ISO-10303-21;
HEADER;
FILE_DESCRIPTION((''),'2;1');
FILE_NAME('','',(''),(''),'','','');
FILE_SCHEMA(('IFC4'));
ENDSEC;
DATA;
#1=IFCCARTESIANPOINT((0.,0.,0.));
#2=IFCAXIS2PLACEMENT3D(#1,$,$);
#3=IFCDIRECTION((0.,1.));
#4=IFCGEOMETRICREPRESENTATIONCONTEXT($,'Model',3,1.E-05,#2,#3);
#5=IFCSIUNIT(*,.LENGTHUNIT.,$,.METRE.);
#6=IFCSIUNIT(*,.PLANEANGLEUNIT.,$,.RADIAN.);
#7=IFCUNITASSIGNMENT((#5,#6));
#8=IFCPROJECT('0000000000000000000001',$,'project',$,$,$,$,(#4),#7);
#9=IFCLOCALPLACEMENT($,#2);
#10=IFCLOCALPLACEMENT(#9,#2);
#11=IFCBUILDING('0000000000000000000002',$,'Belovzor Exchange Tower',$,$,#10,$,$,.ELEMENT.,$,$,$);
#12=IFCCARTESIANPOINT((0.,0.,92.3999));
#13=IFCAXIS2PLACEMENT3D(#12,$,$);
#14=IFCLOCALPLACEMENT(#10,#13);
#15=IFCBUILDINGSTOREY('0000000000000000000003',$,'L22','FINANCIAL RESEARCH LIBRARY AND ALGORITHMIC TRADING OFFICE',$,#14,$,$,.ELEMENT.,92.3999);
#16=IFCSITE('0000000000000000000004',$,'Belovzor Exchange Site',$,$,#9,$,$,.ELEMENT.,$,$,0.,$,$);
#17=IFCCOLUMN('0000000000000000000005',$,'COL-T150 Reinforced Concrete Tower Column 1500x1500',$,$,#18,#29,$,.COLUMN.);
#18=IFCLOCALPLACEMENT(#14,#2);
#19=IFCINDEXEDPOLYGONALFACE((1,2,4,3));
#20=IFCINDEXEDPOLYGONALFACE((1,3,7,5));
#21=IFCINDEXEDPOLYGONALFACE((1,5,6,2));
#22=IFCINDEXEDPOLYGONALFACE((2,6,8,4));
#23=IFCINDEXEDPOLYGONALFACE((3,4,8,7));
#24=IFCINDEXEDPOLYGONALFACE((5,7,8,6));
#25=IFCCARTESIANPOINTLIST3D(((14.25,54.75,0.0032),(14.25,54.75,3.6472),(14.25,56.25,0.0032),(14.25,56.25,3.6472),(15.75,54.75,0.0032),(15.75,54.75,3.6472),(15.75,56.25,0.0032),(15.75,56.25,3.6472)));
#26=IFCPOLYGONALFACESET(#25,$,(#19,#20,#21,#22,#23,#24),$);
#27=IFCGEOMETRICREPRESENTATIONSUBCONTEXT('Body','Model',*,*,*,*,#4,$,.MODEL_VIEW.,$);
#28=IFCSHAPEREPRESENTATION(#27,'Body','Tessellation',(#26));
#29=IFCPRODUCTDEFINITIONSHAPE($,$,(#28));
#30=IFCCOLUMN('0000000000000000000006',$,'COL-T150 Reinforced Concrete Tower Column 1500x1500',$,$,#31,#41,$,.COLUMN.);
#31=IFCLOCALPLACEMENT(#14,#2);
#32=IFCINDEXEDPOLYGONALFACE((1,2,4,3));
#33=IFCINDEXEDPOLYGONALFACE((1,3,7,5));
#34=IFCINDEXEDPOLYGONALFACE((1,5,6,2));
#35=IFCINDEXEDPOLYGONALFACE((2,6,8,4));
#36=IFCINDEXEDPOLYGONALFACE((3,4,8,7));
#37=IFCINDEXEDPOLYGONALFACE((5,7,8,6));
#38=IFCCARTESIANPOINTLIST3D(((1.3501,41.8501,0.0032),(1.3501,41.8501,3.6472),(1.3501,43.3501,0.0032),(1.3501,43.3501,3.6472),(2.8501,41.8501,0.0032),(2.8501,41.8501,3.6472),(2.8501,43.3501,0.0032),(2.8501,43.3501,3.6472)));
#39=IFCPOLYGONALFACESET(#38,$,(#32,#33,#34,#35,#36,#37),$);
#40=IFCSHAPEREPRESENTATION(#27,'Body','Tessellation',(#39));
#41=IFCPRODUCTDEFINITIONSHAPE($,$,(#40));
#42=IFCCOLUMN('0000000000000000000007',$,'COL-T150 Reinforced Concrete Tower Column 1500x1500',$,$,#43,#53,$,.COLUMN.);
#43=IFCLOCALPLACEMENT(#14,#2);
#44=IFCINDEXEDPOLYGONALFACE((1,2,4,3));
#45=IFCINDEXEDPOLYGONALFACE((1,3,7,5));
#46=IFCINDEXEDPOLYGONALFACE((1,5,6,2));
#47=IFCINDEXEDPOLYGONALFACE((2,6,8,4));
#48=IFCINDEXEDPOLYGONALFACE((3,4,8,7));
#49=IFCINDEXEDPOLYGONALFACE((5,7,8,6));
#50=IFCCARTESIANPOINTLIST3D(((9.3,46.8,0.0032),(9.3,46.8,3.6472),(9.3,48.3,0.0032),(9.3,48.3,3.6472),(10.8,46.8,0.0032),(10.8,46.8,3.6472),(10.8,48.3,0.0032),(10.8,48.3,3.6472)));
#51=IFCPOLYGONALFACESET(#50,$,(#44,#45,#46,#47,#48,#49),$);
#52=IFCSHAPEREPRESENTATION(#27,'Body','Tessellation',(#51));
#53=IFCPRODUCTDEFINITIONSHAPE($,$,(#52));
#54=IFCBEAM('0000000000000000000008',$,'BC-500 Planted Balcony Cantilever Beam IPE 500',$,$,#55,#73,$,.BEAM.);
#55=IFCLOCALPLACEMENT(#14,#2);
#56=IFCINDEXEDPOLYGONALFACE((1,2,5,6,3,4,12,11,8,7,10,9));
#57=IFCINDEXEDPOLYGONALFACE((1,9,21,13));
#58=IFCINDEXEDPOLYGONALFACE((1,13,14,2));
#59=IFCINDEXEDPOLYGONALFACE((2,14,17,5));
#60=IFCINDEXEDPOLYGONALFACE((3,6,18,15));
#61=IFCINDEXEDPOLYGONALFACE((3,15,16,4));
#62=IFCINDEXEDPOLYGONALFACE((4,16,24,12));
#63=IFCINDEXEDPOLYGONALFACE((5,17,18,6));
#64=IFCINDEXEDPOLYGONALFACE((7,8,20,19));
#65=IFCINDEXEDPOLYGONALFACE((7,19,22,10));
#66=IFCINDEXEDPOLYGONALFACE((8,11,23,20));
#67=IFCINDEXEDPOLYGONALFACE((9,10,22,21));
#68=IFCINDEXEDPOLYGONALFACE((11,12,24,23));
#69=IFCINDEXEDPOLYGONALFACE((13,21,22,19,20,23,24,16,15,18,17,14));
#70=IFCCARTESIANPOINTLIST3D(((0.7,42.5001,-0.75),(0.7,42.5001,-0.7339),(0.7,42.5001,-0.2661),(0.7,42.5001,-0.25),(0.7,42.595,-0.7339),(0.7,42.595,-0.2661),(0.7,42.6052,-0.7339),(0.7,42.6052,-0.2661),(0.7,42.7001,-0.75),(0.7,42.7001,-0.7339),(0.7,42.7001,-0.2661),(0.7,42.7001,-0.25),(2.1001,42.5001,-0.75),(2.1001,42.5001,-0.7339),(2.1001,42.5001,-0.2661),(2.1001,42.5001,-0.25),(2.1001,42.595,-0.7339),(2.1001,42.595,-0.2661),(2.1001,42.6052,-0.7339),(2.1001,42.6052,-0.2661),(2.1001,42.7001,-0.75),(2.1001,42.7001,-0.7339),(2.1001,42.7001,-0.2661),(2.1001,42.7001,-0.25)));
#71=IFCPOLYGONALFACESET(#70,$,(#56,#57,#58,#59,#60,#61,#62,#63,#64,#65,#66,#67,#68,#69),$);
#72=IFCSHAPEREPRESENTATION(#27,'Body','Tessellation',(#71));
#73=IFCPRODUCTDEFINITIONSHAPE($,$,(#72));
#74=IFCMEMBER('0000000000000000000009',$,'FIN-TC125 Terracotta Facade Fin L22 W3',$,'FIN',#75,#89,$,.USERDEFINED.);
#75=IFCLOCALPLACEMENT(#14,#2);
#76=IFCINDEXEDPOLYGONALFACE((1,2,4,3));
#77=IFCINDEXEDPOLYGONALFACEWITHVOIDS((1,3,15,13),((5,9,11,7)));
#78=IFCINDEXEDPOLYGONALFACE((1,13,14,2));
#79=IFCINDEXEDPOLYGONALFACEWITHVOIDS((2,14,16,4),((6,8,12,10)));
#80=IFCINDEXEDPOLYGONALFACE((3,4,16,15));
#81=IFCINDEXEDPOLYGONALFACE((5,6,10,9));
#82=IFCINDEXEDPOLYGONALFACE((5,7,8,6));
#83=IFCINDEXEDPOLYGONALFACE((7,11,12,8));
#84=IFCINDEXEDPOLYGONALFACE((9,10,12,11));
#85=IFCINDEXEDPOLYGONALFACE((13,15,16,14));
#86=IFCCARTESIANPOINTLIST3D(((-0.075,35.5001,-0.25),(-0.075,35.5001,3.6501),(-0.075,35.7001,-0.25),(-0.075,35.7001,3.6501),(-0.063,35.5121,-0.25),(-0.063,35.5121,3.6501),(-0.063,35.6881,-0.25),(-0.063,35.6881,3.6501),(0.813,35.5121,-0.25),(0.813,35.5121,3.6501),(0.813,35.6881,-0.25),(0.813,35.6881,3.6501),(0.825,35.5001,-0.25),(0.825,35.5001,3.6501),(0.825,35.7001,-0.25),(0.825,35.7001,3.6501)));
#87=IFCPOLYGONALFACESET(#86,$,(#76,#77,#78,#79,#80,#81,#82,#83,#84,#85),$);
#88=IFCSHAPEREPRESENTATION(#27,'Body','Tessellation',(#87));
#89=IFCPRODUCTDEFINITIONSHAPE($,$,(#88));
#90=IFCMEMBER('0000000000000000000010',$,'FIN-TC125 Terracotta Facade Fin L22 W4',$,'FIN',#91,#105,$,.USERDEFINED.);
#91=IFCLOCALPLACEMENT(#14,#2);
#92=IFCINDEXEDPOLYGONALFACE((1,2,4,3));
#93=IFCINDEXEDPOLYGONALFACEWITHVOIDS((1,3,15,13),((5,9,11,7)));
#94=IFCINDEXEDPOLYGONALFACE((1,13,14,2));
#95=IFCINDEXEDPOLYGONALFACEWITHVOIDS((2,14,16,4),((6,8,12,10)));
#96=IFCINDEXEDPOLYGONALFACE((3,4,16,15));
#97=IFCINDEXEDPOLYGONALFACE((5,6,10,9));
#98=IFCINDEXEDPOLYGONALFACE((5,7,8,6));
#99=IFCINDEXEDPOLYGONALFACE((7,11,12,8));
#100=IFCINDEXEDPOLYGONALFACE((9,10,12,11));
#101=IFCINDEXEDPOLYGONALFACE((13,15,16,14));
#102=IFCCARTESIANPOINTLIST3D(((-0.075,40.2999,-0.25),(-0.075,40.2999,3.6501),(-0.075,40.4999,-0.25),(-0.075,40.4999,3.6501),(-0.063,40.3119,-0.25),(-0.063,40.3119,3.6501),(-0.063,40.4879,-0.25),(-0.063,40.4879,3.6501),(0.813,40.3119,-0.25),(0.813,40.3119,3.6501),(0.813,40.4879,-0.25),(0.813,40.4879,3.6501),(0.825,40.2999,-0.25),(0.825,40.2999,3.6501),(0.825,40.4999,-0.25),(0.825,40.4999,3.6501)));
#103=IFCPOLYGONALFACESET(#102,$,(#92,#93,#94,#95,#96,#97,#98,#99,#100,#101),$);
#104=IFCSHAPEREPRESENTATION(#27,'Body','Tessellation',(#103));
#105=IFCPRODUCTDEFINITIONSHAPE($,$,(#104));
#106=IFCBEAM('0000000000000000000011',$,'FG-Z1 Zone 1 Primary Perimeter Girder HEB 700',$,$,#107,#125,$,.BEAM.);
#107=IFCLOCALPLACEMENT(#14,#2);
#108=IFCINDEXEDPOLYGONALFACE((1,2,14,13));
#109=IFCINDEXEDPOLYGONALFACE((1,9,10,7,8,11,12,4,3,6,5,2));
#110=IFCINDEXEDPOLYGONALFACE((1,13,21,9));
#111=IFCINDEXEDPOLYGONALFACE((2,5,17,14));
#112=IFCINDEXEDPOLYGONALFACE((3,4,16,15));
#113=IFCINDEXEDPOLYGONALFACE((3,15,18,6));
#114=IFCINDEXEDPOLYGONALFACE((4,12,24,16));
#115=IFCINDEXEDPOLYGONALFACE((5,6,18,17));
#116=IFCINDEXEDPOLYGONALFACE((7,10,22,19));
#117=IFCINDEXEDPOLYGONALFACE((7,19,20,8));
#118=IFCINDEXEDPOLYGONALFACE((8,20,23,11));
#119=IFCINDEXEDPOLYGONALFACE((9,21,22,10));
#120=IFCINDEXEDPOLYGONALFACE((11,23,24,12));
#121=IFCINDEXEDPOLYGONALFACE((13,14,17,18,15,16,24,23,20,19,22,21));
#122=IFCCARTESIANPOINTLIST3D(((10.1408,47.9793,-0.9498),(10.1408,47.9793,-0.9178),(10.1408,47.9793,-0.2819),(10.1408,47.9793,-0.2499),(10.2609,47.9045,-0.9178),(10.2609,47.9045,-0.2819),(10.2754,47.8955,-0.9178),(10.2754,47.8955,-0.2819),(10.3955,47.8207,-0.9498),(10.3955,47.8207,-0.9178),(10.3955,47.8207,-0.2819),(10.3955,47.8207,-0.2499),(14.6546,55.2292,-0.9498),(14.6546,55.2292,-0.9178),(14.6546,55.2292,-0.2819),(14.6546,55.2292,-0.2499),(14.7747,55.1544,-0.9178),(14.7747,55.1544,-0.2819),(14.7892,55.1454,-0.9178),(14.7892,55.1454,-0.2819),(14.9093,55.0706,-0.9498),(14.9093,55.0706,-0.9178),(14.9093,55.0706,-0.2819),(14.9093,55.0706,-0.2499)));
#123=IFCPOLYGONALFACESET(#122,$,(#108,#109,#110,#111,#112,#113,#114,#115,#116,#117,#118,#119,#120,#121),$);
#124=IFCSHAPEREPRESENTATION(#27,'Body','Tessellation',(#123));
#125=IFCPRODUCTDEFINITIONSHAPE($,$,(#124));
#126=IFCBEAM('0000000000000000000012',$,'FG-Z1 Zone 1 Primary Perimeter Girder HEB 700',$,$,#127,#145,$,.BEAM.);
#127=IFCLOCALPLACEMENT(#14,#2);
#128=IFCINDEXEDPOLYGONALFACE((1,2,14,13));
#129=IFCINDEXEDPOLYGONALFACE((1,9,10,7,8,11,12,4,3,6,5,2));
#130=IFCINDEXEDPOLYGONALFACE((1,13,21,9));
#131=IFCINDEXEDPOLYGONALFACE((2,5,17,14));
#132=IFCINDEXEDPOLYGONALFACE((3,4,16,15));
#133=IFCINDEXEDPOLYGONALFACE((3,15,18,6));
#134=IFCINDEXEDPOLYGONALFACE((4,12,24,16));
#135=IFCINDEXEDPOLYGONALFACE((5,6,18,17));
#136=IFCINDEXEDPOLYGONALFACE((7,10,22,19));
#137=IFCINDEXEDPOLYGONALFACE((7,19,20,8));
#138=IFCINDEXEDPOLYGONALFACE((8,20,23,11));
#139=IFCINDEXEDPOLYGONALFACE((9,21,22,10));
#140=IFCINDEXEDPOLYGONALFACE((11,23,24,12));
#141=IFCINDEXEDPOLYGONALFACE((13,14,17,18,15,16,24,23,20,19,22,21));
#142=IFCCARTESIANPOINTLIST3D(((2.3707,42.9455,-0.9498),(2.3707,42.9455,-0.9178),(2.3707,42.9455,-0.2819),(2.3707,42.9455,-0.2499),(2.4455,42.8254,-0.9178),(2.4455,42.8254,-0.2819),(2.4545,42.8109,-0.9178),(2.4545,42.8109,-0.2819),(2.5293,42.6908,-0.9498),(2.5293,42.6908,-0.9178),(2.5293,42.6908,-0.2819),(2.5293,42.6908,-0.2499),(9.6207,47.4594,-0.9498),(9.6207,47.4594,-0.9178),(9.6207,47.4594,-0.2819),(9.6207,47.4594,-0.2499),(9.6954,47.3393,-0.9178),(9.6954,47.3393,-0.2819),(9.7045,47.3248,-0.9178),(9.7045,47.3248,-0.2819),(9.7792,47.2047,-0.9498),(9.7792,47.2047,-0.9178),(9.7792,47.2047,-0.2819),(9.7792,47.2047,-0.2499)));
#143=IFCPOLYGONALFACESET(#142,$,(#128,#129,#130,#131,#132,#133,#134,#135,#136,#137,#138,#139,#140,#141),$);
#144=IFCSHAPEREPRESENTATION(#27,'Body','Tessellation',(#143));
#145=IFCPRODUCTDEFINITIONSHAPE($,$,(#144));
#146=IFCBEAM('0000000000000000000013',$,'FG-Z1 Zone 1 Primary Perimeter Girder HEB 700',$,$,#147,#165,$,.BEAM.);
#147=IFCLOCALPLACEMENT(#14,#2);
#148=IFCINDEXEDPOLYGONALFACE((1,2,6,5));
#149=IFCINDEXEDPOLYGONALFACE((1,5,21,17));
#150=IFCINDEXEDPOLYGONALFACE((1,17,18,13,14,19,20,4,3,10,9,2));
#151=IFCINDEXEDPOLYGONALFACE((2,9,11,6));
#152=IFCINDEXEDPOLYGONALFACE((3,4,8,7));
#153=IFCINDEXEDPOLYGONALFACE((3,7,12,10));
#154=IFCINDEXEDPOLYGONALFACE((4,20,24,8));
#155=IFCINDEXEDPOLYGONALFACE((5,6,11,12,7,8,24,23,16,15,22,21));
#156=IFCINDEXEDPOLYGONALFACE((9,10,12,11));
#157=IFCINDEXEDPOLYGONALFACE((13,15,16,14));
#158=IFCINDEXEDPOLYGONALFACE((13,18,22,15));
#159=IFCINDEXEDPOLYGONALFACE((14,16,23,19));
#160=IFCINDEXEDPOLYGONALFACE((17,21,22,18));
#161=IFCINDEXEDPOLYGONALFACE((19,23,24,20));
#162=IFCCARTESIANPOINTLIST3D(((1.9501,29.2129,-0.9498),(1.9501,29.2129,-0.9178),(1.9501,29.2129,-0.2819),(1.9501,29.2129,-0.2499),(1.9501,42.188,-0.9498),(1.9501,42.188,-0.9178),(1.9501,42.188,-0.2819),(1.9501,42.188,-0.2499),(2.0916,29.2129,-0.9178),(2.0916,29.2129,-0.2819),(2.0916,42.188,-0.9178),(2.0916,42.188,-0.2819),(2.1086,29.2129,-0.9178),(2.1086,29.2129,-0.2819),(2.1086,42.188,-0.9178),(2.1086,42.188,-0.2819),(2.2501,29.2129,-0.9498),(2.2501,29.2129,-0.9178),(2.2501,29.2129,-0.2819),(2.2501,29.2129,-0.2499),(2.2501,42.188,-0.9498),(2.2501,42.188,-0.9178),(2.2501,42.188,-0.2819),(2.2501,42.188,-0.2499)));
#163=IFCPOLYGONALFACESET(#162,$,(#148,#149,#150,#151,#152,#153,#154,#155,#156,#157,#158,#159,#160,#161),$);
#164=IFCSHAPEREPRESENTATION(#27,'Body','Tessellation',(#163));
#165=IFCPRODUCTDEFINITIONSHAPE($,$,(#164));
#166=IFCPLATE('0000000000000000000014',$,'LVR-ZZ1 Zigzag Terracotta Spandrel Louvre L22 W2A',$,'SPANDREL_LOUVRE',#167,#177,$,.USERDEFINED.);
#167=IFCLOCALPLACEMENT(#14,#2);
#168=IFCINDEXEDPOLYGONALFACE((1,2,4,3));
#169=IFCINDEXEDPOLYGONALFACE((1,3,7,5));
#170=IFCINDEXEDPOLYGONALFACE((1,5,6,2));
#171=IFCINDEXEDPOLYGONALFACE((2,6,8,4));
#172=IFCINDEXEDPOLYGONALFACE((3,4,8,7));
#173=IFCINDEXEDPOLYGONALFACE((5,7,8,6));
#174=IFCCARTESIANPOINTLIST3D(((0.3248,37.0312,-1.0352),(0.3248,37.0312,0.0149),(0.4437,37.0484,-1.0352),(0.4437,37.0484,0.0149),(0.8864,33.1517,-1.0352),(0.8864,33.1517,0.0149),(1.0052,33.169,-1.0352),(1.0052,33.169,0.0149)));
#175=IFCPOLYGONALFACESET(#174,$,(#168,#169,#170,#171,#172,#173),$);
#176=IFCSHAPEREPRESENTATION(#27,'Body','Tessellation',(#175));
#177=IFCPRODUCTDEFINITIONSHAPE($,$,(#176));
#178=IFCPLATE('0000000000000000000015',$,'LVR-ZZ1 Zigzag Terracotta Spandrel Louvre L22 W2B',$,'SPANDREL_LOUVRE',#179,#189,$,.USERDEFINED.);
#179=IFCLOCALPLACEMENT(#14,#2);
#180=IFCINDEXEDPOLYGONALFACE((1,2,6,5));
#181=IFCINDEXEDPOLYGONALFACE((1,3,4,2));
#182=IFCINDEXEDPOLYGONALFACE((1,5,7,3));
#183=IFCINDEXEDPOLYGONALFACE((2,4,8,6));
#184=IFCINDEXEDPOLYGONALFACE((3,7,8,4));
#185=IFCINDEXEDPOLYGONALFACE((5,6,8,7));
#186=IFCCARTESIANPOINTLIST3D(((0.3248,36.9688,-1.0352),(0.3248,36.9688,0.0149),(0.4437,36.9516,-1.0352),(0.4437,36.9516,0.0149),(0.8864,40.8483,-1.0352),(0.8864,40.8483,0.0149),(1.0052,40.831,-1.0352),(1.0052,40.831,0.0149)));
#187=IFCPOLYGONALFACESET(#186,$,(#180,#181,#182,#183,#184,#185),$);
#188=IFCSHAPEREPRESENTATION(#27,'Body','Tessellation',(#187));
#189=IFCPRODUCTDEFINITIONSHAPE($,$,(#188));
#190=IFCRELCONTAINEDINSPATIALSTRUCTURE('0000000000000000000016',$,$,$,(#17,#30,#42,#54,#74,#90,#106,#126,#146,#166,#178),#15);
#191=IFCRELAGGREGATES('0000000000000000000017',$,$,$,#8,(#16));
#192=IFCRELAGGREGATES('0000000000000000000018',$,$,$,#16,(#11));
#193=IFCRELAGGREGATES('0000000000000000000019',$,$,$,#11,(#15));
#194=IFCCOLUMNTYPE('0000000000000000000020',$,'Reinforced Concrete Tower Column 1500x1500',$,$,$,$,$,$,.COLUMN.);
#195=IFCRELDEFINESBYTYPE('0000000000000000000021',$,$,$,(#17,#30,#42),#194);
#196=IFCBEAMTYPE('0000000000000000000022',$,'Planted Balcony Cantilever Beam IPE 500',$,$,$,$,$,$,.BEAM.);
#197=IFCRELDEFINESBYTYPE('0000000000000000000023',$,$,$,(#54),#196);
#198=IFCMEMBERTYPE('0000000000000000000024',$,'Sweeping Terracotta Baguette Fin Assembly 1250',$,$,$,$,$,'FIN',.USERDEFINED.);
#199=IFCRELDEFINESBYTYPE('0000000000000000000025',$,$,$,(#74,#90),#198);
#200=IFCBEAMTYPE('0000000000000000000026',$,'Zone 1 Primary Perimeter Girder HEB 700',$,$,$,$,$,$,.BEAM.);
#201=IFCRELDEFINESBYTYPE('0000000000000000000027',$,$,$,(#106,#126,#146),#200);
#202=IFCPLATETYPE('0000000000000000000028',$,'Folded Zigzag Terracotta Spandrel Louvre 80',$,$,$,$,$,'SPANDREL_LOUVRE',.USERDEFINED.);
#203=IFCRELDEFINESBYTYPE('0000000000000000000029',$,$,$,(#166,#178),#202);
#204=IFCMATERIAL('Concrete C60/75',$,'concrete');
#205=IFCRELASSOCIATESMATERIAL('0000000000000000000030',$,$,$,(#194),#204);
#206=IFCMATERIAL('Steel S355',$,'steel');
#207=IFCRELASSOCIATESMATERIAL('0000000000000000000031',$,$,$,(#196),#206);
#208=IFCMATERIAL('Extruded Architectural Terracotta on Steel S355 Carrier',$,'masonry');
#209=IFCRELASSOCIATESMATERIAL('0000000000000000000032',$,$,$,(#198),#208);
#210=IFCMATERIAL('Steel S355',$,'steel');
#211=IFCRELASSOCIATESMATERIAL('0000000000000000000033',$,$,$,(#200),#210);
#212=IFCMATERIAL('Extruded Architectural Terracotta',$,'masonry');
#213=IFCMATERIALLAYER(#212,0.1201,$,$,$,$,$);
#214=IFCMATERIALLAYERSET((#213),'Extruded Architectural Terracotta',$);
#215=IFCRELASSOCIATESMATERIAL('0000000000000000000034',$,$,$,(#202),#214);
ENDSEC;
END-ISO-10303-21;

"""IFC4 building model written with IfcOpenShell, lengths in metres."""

from ifc_helpers import new_model, si_unit, direction, frame, origin, origin_2d, place, context, subcontext, project, spatial, rectangle, hollow_rectangle, i_section, extrude, material, layer, layer_set, material_profile, profile_set, type_object, element, save


model = new_model("IFC4")

# Units and contexts
model_context = context("Model", 3, precision=1e-05, world=origin(), true_north=direction((0.0, 1.0)))
body_context = subcontext(model_context, "Body", "Model", "MODEL_VIEW")
ifc_project = project(units=[si_unit("LENGTHUNIT", "METRE"), si_unit("PLANEANGLEUNIT", "RADIAN")], contexts=[model_context])

# Site, building, storey
site_placement = place(None, origin())
site = spatial("IfcSite", under=ifc_project, at=site_placement, Name="Belovzor Exchange Site", CompositionType="ELEMENT", RefElevation=0.0)
building_placement = place(site_placement, origin())
building = spatial("IfcBuilding", under=site, at=building_placement, Name="Belovzor Exchange Tower", CompositionType="ELEMENT")
storey_placement = place(building_placement, frame((0.0, 0.0, 92.3999)))
storey = spatial("IfcBuildingStorey", under=building, at=storey_placement, Name="L22", Description="FINANCIAL RESEARCH LIBRARY AND ALGORITHMIC TRADING OFFICE", CompositionType="ELEMENT", Elevation=92.3999)

# Columns
ifc_material_1 = material(Name="Concrete C60/75", Category="concrete")
ifc_material_profile_1 = material_profile(ifc_material_1, rectangle(XDim=1.5, YDim=1.5, at=origin_2d()))
ifc_profile_set_1 = profile_set([ifc_material_profile_1], Name="Concrete C60/75")
column_type = type_object("IfcColumnType", Name="Reinforced Concrete Tower Column 1500x1500", PredefinedType="COLUMN", material=ifc_profile_set_1)
for number, where, z_axis, x_axis, name in (
    (1, (15.0, 55.5, 0.0032), (0.0, 0.0, 1.0), (1.0, 0.0, 0.0), "COL-T150 Reinforced Concrete Tower Column 1500x1500"),
    (2, (2.1001, 42.6001, 0.0032), (0.0, 0.0, 1.0), (1.0, 0.0, 0.0), "COL-T150 Reinforced Concrete Tower Column 1500x1500"),
    (3, (10.05, 47.55, 0.0032), (0.0, 0.0, 1.0), (1.0, 0.0, 0.0), "COL-T150 Reinforced Concrete Tower Column 1500x1500"),
):
    element("IfcColumn", number, at=place(storey_placement, frame(where, z_axis=z_axis, x_axis=x_axis)), inside=storey, type_object=column_type, Name=name, PredefinedType="COLUMN", context=body_context, shape_type="SweptSolid", body=[
        extrude(rectangle(XDim=1.5, YDim=1.5, at=origin_2d()), origin(), (0.0, 0.0, 1.0), 3.644),
    ])

# Beam
ifc_material_2 = material(Name="Steel S355", Category="steel")
ifc_material_profile_2 = material_profile(ifc_material_2, i_section(OverallWidth=0.2, OverallDepth=0.5, WebThickness=0.0103, FlangeThickness=0.0161, at=origin_2d()))
ifc_profile_set_2 = profile_set([ifc_material_profile_2], Name="Steel S355")
beam_type_1 = type_object("IfcBeamType", Name="Planted Balcony Cantilever Beam IPE 500", PredefinedType="BEAM", material=ifc_profile_set_2)
beam_1_placement = place(storey_placement, frame((2.1001, 42.6001, -0.5), z_axis=(-1.0, 0.0, 0.0), x_axis=(0.0, -1.0, 0.0)))
element("IfcBeam", 4, at=beam_1_placement, inside=storey, type_object=beam_type_1, Name="BC-500 Planted Balcony Cantilever Beam IPE 500", PredefinedType="BEAM", context=body_context, shape_type="SweptSolid", body=[
    extrude(i_section(OverallWidth=0.2, OverallDepth=0.5, WebThickness=0.0103, FlangeThickness=0.0161, at=origin_2d()), origin(), (0.0, 0.0, 1.0), 1.4001),
])

# Members
ifc_material_3 = material(Name="Extruded Architectural Terracotta on Steel S355 Carrier", Category="masonry")
ifc_material_profile_3 = material_profile(ifc_material_3, hollow_rectangle(XDim=0.2, YDim=0.8999, WallThickness=0.012, at=origin_2d()))
ifc_profile_set_3 = profile_set([ifc_material_profile_3], Name="Extruded Architectural Terracotta on Steel S355 Carrier")
member_type = type_object("IfcMemberType", Name="Sweeping Terracotta Baguette Fin Assembly 1250", ElementType="FIN", PredefinedType="USERDEFINED", material=ifc_profile_set_3)
for number, where, z_axis, x_axis, name in (
    (5, (0.375, 35.6001, -0.25), (0.0, 0.0, 1.0), (0.0, 1.0, 0.0), "FIN-TC125 Terracotta Facade Fin L22 W3"),
    (6, (0.375, 40.3999, -0.25), (0.0, 0.0, 1.0), (0.0, 1.0, 0.0), "FIN-TC125 Terracotta Facade Fin L22 W4"),
):
    element("IfcMember", number, at=place(storey_placement, frame(where, z_axis=z_axis, x_axis=x_axis)), inside=storey, type_object=member_type, Name=name, ObjectType="FIN", PredefinedType="USERDEFINED", context=body_context, shape_type="SweptSolid", body=[
        extrude(hollow_rectangle(XDim=0.2, YDim=0.8999, WallThickness=0.012, at=origin_2d()), origin(), (0.0, 0.0, 1.0), 3.9001),
    ])

# Beams
ifc_material_4 = material(Name="Steel S355", Category="steel")
ifc_material_profile_4 = material_profile(ifc_material_4, i_section(OverallWidth=0.3, OverallDepth=0.7, WebThickness=0.0171, FlangeThickness=0.032, at=origin_2d()))
ifc_profile_set_4 = profile_set([ifc_material_profile_4], Name="Steel S355")
beam_type_2 = type_object("IfcBeamType", Name="Zone 1 Primary Perimeter Girder HEB 700", PredefinedType="BEAM", material=ifc_profile_set_4)
for number, where, z_axis, x_axis, name in (
    (7, (14.782, 55.1499, -0.5999), (-0.528539, -0.848909, 0.0), (0.848909, -0.528539, 0.0), "FG-Z1 Zone 1 Primary Perimeter Girder HEB 700"),
    (8, (9.7, 47.332, -0.5999), (-0.848909, -0.528539, 0.0), (0.528539, -0.848909, 0.0), "FG-Z1 Zone 1 Primary Perimeter Girder HEB 700"),
):
    element("IfcBeam", number, at=place(storey_placement, frame(where, z_axis=z_axis, x_axis=x_axis)), inside=storey, type_object=beam_type_2, Name=name, PredefinedType="BEAM", context=body_context, shape_type="SweptSolid", body=[
        extrude(i_section(OverallWidth=0.3, OverallDepth=0.7, WebThickness=0.0171, FlangeThickness=0.032, at=origin_2d()), origin(), (0.0, 0.0, 1.0), 8.5403),
    ])
beam_2_placement = place(storey_placement, frame((2.1001, 42.188, -0.5999), z_axis=(0.0, -1.0, 0.0), x_axis=(1.0, 0.0, 0.0)))
element("IfcBeam", 9, at=beam_2_placement, inside=storey, type_object=beam_type_2, Name="FG-Z1 Zone 1 Primary Perimeter Girder HEB 700", PredefinedType="BEAM", context=body_context, shape_type="SweptSolid", body=[
    extrude(i_section(OverallWidth=0.3, OverallDepth=0.7, WebThickness=0.0171, FlangeThickness=0.032, at=origin_2d()), origin(), (0.0, 0.0, 1.0), 12.9751),
])

# Plates
ifc_material_5 = material(Name="Extruded Architectural Terracotta", Category="masonry")
ifc_layer_1 = layer(ifc_material_5, 0.1201)
ifc_layer_set_1 = layer_set([ifc_layer_1], Name="Extruded Architectural Terracotta")
plate_type = type_object("IfcPlateType", Name="Folded Zigzag Terracotta Spandrel Louvre 80", ElementType="SPANDREL_LOUVRE", PredefinedType="USERDEFINED", material=ifc_layer_set_1)
for number, where, z_axis, x_axis, name in (
    (10, (0.665, 35.1001, -1.0352), (0.0, 0.0, 1.0), (-0.143251, 0.989686, 0.0), "LVR-ZZ1 Zigzag Terracotta Spandrel Louvre L22 W2A"),
    (11, (0.665, 38.8999, -1.0352), (0.0, 0.0, 1.0), (0.143251, 0.989686, 0.0), "LVR-ZZ1 Zigzag Terracotta Spandrel Louvre L22 W2B"),
):
    element("IfcPlate", number, at=place(storey_placement, frame(where, z_axis=z_axis, x_axis=x_axis)), inside=storey, type_object=plate_type, Name=name, ObjectType="SPANDREL_LOUVRE", PredefinedType="USERDEFINED", context=body_context, shape_type="SweptSolid", body=[
        extrude(rectangle(XDim=3.9199, YDim=0.1201, at=origin_2d()), origin(), (0.0, 0.0, 1.0), 1.05),
    ])

save(model, "model.ifc")
